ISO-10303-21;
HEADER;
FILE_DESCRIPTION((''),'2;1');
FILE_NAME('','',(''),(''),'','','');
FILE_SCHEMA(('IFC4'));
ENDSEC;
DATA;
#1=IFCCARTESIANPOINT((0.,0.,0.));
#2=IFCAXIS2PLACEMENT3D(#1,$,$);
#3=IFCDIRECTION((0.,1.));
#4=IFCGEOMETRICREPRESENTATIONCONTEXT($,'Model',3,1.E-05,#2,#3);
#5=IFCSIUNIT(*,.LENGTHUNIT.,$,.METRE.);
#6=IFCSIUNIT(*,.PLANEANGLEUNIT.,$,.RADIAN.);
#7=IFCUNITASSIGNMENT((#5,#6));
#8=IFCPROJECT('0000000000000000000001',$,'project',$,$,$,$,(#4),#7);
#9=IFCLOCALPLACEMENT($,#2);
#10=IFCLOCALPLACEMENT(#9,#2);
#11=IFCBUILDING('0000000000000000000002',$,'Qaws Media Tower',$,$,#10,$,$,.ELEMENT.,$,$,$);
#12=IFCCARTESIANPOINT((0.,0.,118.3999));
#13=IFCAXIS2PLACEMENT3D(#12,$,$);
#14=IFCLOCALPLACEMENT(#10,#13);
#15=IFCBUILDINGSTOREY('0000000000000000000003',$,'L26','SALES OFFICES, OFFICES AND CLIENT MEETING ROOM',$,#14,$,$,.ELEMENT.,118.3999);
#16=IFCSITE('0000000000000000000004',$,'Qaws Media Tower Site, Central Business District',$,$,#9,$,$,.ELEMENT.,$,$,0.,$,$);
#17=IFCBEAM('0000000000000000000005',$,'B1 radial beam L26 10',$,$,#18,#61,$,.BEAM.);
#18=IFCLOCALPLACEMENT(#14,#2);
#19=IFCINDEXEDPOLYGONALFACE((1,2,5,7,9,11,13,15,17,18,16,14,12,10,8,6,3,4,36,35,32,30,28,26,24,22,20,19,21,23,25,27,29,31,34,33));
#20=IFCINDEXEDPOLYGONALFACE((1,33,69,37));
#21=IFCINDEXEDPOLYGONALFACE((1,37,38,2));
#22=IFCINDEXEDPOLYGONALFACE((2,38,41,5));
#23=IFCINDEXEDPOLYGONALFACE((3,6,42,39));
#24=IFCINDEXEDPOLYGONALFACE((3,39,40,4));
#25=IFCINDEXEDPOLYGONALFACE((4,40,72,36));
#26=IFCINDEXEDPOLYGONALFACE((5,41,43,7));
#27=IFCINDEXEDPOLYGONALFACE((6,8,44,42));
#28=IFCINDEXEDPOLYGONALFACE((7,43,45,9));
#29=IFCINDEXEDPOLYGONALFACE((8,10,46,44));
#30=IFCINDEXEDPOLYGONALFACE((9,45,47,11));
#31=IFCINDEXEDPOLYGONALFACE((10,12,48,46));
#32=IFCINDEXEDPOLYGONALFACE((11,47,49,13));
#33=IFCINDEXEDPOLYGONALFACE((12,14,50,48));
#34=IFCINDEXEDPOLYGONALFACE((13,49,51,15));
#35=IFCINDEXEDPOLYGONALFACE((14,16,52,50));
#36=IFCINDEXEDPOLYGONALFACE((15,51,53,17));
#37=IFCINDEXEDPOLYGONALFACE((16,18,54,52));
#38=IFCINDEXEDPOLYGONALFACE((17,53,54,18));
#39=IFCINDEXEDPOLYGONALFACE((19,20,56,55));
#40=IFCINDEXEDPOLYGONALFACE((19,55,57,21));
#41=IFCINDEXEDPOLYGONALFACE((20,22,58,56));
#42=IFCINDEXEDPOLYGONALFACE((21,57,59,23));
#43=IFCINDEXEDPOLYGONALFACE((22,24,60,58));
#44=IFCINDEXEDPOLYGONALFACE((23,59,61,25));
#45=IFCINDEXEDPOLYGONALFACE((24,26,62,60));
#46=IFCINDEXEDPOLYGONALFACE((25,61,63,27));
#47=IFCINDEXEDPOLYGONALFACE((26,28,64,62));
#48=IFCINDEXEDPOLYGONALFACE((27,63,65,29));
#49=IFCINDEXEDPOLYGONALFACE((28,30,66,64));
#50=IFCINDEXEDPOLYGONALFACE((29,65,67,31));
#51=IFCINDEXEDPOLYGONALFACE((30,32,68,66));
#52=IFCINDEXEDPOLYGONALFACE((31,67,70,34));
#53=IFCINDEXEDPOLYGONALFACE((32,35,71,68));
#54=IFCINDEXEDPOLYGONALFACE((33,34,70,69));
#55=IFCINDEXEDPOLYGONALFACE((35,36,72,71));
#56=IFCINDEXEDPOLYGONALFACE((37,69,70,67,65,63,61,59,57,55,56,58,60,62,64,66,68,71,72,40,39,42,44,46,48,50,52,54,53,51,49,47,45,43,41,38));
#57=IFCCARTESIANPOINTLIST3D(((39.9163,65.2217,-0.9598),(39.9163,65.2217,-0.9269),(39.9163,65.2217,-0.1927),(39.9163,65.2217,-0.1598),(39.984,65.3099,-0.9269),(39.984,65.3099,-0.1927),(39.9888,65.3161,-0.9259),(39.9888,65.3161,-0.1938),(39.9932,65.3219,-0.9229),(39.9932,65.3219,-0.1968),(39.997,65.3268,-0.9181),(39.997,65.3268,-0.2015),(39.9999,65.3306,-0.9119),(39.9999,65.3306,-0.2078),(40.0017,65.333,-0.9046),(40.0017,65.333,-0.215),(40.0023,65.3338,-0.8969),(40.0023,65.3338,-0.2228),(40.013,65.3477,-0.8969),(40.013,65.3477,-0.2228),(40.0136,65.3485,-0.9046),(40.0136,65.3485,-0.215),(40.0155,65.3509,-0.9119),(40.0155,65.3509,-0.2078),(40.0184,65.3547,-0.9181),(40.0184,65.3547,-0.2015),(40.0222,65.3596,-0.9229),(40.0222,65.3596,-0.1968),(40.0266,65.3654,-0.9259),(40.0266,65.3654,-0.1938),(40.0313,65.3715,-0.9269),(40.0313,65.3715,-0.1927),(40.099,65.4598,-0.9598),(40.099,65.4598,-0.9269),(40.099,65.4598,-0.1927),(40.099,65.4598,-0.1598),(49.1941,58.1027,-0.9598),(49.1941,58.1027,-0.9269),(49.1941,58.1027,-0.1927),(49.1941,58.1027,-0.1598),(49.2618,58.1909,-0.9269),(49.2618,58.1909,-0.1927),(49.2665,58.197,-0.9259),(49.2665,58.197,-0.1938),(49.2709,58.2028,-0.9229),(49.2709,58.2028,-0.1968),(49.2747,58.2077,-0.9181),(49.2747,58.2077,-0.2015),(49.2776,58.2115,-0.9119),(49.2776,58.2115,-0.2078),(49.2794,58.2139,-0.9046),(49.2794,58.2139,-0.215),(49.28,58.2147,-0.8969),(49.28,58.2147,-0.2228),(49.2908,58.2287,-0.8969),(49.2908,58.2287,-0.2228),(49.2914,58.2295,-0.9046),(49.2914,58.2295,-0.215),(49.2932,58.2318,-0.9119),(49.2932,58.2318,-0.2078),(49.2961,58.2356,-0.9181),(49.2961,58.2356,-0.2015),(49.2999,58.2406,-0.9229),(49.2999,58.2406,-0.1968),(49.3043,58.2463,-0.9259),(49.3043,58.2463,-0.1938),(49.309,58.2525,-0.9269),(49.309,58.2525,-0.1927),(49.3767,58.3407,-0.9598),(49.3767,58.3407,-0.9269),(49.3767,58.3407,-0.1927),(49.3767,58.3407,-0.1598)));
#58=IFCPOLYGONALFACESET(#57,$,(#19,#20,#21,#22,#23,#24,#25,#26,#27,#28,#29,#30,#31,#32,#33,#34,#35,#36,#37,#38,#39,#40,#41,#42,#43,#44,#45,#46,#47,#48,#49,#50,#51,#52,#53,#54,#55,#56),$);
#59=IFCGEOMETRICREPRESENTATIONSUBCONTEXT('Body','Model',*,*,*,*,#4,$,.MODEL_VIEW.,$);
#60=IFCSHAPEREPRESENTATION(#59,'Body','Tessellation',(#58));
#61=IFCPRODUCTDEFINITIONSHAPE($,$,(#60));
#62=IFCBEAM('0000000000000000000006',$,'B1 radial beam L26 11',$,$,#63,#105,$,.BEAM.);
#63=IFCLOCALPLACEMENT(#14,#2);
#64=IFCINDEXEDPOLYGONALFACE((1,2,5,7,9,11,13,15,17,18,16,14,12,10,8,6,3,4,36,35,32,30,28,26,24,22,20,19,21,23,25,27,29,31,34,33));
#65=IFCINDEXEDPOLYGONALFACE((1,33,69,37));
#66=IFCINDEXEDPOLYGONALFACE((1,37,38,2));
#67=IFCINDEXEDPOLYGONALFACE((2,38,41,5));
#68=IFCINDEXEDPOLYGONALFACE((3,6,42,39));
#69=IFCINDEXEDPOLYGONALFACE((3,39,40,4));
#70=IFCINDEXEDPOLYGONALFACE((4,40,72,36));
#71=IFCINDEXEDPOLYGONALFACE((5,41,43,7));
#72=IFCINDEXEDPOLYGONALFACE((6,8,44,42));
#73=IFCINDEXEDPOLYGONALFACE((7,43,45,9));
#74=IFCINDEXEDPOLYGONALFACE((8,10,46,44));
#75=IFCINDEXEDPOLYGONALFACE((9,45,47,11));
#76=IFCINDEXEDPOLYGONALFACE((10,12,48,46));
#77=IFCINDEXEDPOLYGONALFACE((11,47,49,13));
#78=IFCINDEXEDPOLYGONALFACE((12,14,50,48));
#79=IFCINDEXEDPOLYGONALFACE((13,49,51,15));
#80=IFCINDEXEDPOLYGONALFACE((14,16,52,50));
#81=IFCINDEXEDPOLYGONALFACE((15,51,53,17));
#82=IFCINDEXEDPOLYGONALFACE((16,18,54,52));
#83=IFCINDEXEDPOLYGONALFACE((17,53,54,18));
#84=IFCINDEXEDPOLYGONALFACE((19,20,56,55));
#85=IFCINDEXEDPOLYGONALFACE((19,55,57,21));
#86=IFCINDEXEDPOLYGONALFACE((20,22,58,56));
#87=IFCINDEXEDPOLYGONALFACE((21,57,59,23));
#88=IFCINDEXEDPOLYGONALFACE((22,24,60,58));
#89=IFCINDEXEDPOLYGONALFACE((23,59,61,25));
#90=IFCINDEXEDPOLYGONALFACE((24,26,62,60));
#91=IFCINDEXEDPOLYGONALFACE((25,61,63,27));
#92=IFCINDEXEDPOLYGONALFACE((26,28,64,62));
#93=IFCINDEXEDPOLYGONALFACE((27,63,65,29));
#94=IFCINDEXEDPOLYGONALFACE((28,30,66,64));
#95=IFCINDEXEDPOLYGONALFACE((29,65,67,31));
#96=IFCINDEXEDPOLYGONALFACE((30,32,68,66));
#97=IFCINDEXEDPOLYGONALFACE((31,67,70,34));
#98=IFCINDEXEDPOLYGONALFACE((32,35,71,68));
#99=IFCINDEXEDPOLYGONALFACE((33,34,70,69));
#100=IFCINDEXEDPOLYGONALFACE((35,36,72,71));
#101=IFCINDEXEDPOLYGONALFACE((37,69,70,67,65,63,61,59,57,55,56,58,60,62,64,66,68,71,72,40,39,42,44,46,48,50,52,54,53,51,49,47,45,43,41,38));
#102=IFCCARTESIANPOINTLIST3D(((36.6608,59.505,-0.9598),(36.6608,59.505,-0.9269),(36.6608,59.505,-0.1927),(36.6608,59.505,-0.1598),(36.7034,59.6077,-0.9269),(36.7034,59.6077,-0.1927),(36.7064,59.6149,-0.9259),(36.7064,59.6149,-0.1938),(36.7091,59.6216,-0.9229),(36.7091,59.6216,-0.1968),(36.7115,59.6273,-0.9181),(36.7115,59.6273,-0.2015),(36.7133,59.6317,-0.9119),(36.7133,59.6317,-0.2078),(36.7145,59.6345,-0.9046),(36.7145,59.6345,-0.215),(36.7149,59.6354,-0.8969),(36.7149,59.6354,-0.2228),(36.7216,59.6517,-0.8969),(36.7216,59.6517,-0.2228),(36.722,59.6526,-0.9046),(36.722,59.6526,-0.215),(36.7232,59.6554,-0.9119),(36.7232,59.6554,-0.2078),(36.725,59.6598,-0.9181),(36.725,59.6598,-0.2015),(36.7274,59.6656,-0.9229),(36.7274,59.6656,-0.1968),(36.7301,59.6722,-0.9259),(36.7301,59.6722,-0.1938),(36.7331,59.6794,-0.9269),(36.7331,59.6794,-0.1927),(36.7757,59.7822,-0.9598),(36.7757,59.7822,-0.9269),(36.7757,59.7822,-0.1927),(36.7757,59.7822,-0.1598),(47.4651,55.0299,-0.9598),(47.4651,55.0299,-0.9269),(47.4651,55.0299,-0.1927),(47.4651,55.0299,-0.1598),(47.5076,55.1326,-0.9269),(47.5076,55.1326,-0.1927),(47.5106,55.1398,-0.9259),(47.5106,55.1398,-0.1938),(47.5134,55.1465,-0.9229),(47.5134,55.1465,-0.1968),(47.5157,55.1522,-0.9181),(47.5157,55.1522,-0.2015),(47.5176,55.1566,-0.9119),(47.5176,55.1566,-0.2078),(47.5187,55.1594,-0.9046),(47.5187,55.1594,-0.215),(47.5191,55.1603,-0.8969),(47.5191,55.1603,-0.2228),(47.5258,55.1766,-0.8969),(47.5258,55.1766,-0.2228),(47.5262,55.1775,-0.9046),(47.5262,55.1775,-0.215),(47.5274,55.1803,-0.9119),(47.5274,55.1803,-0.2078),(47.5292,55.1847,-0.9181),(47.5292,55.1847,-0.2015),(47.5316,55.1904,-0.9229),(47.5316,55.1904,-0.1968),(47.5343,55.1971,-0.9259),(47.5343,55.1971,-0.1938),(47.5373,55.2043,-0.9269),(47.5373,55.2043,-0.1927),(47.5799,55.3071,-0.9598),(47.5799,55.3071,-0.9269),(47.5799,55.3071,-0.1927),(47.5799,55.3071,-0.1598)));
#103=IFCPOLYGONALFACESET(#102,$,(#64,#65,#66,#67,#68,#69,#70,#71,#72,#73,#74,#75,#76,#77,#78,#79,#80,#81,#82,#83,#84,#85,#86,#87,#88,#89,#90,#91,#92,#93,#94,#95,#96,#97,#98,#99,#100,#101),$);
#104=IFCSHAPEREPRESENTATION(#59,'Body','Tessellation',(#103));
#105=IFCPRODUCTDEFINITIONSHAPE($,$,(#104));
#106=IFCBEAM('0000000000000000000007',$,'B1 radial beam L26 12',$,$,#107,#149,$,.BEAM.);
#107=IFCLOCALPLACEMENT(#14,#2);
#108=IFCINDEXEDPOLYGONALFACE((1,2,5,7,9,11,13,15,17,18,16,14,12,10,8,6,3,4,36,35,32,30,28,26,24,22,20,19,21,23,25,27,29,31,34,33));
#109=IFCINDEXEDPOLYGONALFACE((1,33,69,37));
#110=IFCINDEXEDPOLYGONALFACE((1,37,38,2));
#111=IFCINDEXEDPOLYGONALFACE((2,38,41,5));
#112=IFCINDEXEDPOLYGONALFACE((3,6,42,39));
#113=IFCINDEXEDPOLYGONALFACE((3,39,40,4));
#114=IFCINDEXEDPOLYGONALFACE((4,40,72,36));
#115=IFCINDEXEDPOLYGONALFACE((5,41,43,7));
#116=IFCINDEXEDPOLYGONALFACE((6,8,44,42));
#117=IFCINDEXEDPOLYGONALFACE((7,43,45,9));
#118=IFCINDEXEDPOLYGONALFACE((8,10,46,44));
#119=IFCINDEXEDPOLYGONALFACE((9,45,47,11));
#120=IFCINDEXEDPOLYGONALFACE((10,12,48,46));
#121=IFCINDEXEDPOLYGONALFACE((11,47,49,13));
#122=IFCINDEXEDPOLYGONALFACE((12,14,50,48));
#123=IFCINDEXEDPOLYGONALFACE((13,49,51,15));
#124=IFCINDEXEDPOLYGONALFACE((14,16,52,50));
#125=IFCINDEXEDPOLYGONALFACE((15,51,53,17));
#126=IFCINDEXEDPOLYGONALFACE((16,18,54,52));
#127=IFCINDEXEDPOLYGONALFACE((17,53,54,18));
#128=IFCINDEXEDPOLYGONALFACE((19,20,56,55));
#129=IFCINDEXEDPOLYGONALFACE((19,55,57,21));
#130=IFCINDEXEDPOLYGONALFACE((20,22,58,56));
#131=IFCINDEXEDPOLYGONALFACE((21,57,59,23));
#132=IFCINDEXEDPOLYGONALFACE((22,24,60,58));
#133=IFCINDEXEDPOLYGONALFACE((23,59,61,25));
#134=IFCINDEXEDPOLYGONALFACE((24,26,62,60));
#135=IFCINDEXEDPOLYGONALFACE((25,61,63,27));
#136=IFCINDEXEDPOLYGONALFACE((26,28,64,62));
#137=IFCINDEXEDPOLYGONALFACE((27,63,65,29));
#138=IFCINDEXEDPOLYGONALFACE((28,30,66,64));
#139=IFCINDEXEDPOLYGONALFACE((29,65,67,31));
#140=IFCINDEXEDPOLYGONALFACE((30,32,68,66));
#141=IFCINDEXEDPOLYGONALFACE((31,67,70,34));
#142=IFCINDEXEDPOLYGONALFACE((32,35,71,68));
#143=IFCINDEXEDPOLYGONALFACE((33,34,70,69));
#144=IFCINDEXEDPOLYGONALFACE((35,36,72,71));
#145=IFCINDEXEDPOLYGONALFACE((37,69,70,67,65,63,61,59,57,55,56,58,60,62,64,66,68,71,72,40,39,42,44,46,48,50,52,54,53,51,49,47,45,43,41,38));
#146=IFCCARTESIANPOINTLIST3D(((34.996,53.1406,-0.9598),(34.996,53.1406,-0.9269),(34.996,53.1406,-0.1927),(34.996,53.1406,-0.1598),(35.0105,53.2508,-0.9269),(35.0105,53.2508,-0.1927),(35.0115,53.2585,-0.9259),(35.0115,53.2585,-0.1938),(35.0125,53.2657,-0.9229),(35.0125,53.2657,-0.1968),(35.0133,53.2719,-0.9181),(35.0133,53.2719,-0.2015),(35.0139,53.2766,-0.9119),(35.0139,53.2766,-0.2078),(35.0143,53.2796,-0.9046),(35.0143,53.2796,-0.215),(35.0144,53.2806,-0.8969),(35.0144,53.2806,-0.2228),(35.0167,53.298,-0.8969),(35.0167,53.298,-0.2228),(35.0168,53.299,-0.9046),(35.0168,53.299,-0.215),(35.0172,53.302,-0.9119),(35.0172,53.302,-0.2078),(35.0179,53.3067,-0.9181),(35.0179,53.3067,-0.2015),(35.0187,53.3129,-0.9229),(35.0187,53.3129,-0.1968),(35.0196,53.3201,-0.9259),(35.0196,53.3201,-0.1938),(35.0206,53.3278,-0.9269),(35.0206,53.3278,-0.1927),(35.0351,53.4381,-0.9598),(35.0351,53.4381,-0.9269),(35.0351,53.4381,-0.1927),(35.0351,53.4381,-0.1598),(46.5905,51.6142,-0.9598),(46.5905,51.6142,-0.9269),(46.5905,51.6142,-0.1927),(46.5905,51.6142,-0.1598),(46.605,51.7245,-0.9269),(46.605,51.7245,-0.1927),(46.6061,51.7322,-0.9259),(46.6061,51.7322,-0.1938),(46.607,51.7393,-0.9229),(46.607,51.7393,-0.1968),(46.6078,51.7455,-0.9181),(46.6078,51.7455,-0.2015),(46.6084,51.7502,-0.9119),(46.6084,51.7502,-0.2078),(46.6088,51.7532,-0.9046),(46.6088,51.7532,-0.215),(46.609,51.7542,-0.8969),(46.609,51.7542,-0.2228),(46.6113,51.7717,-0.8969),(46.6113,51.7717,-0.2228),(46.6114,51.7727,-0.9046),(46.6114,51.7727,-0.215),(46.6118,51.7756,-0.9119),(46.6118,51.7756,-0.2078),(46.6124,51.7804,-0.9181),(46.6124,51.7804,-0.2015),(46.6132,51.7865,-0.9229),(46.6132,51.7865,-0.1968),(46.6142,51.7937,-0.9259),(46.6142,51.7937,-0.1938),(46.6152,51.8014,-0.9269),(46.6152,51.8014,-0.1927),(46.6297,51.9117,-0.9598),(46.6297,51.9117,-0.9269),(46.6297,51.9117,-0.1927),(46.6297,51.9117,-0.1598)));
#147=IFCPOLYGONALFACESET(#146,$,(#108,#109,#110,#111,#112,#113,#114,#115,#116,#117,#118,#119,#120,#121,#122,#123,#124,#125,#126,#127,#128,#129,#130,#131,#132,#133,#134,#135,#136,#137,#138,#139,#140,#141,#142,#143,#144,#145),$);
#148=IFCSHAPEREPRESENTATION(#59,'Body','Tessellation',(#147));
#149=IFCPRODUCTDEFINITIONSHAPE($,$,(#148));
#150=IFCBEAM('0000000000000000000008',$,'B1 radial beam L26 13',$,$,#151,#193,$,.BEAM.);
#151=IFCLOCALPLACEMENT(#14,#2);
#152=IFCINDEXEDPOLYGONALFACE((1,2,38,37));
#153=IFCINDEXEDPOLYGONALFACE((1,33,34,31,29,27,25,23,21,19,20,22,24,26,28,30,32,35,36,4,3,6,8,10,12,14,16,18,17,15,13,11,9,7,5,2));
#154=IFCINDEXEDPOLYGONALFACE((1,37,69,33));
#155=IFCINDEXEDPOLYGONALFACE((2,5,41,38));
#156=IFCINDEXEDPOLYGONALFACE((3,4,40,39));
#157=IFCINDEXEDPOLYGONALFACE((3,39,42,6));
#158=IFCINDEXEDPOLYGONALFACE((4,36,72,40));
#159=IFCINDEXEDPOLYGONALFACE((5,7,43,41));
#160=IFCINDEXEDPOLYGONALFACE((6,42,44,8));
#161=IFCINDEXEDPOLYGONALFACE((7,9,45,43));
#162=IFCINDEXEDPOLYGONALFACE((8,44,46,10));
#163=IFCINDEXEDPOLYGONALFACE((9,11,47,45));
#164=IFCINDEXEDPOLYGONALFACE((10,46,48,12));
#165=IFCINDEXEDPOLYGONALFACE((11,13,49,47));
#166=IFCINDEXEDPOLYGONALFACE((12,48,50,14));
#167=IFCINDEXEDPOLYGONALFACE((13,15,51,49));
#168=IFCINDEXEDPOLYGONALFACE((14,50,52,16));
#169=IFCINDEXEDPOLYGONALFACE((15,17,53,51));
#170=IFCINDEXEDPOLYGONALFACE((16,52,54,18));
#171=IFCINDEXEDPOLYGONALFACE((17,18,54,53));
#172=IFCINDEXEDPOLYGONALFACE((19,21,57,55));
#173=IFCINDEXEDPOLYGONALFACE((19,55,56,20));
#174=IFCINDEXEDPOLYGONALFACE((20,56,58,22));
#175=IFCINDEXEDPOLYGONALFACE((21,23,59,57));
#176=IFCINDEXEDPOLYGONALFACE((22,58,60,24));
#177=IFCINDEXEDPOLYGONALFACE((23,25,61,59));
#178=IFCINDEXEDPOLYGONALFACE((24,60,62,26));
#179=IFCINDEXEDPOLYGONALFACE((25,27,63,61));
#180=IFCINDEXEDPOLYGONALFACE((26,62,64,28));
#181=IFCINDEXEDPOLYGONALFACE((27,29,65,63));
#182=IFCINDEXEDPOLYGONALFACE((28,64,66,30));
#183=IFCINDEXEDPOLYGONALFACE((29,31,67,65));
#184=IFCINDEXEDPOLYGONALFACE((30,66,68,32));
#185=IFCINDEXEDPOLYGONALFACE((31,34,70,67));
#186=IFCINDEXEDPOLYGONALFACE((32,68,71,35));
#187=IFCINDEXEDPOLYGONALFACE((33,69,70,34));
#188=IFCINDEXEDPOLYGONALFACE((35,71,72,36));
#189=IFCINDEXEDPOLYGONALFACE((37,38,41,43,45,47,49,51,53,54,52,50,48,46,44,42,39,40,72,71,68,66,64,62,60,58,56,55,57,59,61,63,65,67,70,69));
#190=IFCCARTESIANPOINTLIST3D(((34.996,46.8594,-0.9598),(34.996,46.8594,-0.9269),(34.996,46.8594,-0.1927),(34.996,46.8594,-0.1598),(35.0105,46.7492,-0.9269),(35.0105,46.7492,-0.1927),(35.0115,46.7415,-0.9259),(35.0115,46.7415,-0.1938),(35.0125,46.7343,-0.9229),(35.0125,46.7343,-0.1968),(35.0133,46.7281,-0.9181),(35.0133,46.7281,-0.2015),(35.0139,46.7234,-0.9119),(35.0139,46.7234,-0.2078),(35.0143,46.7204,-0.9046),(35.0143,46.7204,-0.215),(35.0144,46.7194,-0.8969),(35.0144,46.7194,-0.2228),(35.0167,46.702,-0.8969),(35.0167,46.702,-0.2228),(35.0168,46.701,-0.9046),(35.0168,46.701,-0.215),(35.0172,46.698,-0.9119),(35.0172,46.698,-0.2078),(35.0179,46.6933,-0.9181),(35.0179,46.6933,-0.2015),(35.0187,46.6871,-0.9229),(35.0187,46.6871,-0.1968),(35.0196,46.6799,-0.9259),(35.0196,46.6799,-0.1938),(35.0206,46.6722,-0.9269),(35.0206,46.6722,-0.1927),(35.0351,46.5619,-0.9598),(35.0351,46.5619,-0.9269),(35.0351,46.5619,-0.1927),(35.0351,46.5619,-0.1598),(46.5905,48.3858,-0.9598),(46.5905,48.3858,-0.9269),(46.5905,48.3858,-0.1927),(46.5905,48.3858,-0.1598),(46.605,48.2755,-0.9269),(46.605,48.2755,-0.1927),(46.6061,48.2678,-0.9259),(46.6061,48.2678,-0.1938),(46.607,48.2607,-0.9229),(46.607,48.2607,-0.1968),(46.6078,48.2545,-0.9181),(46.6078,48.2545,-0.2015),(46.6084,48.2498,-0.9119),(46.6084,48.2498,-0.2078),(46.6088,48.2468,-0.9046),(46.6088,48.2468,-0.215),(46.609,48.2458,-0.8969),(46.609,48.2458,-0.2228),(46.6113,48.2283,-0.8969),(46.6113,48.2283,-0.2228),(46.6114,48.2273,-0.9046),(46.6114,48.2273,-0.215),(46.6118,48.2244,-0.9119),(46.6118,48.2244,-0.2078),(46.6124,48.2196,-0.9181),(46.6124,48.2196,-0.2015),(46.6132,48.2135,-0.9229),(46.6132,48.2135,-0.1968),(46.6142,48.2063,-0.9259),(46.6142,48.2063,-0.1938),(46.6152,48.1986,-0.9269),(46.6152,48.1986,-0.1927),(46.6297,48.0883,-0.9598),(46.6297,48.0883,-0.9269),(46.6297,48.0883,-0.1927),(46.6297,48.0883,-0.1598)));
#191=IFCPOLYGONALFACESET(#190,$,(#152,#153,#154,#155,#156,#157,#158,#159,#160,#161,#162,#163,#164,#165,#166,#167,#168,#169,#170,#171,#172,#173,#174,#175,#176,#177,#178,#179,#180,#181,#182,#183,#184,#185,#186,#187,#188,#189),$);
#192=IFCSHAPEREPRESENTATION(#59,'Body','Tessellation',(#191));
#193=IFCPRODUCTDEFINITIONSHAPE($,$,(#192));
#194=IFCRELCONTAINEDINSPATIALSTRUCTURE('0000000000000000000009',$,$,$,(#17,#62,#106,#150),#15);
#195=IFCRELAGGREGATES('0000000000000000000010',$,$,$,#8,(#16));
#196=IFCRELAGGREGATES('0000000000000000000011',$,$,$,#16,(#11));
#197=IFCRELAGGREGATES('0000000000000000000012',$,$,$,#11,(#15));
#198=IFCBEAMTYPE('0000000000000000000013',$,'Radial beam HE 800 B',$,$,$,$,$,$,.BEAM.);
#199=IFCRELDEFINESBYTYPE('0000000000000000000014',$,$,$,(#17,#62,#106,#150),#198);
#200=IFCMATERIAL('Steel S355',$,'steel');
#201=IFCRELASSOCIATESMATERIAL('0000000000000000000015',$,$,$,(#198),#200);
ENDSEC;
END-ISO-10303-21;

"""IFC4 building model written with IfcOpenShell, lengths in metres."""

from ifc_helpers import new_model, si_unit, direction, frame, origin, origin_2d, place, context, subcontext, project, spatial, i_section, extrude, material, material_profile, profile_set, type_object, element, save


model = new_model("IFC4")

# Units and contexts
model_context = context("Model", 3, precision=1e-05, world=origin(), true_north=direction((0.0, 1.0)))
body_context = subcontext(model_context, "Body", "Model", "MODEL_VIEW")
ifc_project = project(units=[si_unit("LENGTHUNIT", "METRE"), si_unit("PLANEANGLEUNIT", "RADIAN")], contexts=[model_context])

# Site, building, storey
site_placement = place(None, origin())
site = spatial("IfcSite", under=ifc_project, at=site_placement, Name="Qaws Media Tower Site, Central Business District", CompositionType="ELEMENT", RefElevation=0.0)
building_placement = place(site_placement, origin())
building = spatial("IfcBuilding", under=site, at=building_placement, Name="Qaws Media Tower", CompositionType="ELEMENT")
storey_placement = place(building_placement, frame((0.0, 0.0, 118.3999)))
storey = spatial("IfcBuildingStorey", under=building, at=storey_placement, Name="L26", Description="SALES OFFICES, OFFICES AND CLIENT MEETING ROOM", CompositionType="ELEMENT", Elevation=118.3999)

# Beams
ifc_material_1 = material(Name="Steel S355", Category="steel")
ifc_material_profile_1 = material_profile(ifc_material_1, i_section(OverallWidth=0.3, OverallDepth=0.8, WebThickness=0.0176, FlangeThickness=0.033, FilletRadius=0.03, at=origin_2d()), Name="HE 800 B")
ifc_profile_set_1 = profile_set([ifc_material_profile_1], Name="Steel S355")
beam_type_1 = type_object("IfcBeamType", Name="Radial beam HE 800 B", PredefinedType="BEAM", material=ifc_profile_set_1)
for number, where, z_axis, x_axis, name in (
    (1, (49.2854, 58.2217, -0.5598), (-0.793353, 0.608762, 0.0), (-0.608762, -0.793353, 0.0), "B1 radial beam L26 10"),
    (2, (47.5225, 55.1685, -0.5598), (-0.923884, 0.382673, 0.0), (-0.382673, -0.923884, 0.0), "B1 radial beam L26 11"),
):
    element("IfcBeam", number, at=place(storey_placement, frame(where, z_axis=z_axis, x_axis=x_axis)), inside=storey, type_object=beam_type_1, Name=name, PredefinedType="BEAM", context=body_context, shape_type="SweptSolid", body=[
        extrude(i_section(OverallWidth=0.3, OverallDepth=0.8, WebThickness=0.0176, FlangeThickness=0.033, FilletRadius=0.03, at=origin_2d()), origin(), (0.0, 0.0, 1.0), 11.6943),
    ])
for number, where, z_axis, x_axis, name in (
    (3, (46.6101, 51.7629, -0.5598), (-0.991446, 0.13052, 0.0), (-0.13052, -0.991446, 0.0), "B1 radial beam L26 12"),
    (4, (46.6101, 48.2371, -0.5598), (-0.991446, -0.13052, 0.0), (0.13052, -0.991446, 0.0), "B1 radial beam L26 13"),
):
    element("IfcBeam", number, at=place(storey_placement, frame(where, z_axis=z_axis, x_axis=x_axis)), inside=storey, type_object=beam_type_1, Name=name, PredefinedType="BEAM", context=body_context, shape_type="SweptSolid", body=[
        extrude(i_section(OverallWidth=0.3, OverallDepth=0.8, WebThickness=0.0176, FlangeThickness=0.033, FilletRadius=0.03, at=origin_2d()), origin(), (0.0, 0.0, 1.0), 11.6946),
    ])

save(model, "model.ifc")
